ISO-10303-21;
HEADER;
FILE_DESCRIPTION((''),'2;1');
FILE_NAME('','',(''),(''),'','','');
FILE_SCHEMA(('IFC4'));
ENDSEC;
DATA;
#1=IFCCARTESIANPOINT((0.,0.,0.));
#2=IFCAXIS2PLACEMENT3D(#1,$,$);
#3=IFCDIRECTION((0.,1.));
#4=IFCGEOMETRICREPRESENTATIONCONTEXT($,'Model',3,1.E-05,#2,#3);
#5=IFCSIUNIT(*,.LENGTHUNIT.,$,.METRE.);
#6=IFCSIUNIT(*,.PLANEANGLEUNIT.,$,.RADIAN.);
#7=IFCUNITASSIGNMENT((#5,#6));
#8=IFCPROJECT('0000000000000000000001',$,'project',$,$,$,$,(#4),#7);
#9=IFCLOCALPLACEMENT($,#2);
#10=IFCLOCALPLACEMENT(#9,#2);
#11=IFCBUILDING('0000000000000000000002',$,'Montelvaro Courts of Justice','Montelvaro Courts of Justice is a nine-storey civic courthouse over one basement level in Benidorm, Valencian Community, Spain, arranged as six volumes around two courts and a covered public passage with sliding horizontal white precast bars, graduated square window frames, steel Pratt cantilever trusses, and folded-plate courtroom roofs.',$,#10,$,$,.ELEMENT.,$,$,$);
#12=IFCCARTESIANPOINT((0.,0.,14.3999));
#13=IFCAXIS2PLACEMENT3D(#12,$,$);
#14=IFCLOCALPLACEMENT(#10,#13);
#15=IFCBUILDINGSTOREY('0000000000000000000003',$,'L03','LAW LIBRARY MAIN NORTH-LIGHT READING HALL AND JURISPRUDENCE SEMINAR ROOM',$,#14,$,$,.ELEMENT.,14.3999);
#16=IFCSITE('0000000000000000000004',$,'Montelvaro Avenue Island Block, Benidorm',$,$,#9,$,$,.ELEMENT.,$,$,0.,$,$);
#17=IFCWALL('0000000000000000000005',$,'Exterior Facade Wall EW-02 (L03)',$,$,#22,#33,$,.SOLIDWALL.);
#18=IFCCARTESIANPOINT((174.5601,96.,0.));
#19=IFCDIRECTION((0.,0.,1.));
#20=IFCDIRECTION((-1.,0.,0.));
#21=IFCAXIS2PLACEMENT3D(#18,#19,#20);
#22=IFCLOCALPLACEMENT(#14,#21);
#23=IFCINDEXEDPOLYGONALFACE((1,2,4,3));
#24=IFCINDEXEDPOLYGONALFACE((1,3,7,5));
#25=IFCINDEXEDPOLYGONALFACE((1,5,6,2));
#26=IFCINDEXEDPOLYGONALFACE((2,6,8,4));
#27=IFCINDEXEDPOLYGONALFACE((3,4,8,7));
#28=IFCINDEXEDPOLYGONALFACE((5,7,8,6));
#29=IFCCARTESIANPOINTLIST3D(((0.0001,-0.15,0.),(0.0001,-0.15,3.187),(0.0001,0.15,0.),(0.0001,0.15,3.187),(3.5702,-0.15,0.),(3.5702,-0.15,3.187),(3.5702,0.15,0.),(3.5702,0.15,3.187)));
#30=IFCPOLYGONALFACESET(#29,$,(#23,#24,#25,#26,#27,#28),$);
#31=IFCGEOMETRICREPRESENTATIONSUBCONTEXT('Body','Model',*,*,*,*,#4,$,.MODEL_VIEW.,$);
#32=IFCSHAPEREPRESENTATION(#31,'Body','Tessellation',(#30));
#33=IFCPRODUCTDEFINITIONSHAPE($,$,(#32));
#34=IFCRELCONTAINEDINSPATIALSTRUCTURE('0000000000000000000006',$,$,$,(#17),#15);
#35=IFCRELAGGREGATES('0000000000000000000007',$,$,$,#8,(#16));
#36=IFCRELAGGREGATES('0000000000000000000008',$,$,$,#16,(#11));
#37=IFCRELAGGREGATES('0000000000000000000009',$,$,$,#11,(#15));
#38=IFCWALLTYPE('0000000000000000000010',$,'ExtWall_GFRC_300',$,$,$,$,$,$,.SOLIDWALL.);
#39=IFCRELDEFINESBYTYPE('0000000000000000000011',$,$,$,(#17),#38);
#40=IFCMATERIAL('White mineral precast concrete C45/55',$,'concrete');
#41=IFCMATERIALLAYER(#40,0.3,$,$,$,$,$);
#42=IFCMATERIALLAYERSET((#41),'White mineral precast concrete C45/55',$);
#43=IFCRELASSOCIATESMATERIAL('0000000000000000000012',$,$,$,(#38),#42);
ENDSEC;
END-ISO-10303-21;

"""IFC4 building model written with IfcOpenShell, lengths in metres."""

from ifc_helpers import new_model, si_unit, direction, frame, frame_2d, origin, place, context, subcontext, project, spatial, rectangle, extrude, material, layer, layer_set, type_object, element, save


model = new_model("IFC4")

# Units and contexts
model_context = context("Model", 3, precision=1e-05, world=origin(), true_north=direction((0.0, 1.0)))
body_context = subcontext(model_context, "Body", "Model", "MODEL_VIEW")
ifc_project = project(units=[si_unit("LENGTHUNIT", "METRE"), si_unit("PLANEANGLEUNIT", "RADIAN")], contexts=[model_context])

# Site, building, storey
site_placement = place(None, origin())
site = spatial("IfcSite", under=ifc_project, at=site_placement, Name="Montelvaro Avenue Island Block, Benidorm", CompositionType="ELEMENT", RefElevation=0.0)
building_placement = place(site_placement, origin())
building = spatial("IfcBuilding", under=site, at=building_placement, Name="Montelvaro Courts of Justice", Description="Montelvaro Courts of Justice is a nine-storey civic courthouse over one basement level in Benidorm, Valencian Community, Spain, arranged as six volumes around two courts and a covered public passage with sliding horizontal white precast bars, graduated square window frames, steel Pratt cantilever trusses, and folded-plate courtroom roofs.", CompositionType="ELEMENT")
storey_placement = place(building_placement, frame((0.0, 0.0, 14.3999)))
storey = spatial("IfcBuildingStorey", under=building, at=storey_placement, Name="L03", Description="LAW LIBRARY MAIN NORTH-LIGHT READING HALL AND JURISPRUDENCE SEMINAR ROOM", CompositionType="ELEMENT", Elevation=14.3999)

# Shared definitions
ifc_material_1 = material(Name="White mineral precast concrete C45/55", Category="concrete")

# Wall
ifc_layer_1 = layer(ifc_material_1, 0.3)
ifc_layer_set_1 = layer_set([ifc_layer_1], Name="White mineral precast concrete C45/55")
wall_type_1 = type_object("IfcWallType", Name="ExtWall_GFRC_300", PredefinedType="SOLIDWALL", material=ifc_layer_set_1)
wall_1_placement = place(storey_placement, frame((174.5601, 96.0, 0.0), z_axis=(0.0, 0.0, 1.0), x_axis=(-1.0, 0.0, 0.0)))
element("IfcWall", 1, at=wall_1_placement, inside=storey, type_object=wall_type_1, Name="Exterior Facade Wall EW-02 (L03)", PredefinedType="SOLIDWALL", context=body_context, shape_type="SweptSolid", body=[
    extrude(rectangle(XDim=3.5701, YDim=0.3, at=frame_2d((1.7852, 0.0))), origin(), (0.0, 0.0, 1.0), 3.187),
])

save(model, "model.ifc")
